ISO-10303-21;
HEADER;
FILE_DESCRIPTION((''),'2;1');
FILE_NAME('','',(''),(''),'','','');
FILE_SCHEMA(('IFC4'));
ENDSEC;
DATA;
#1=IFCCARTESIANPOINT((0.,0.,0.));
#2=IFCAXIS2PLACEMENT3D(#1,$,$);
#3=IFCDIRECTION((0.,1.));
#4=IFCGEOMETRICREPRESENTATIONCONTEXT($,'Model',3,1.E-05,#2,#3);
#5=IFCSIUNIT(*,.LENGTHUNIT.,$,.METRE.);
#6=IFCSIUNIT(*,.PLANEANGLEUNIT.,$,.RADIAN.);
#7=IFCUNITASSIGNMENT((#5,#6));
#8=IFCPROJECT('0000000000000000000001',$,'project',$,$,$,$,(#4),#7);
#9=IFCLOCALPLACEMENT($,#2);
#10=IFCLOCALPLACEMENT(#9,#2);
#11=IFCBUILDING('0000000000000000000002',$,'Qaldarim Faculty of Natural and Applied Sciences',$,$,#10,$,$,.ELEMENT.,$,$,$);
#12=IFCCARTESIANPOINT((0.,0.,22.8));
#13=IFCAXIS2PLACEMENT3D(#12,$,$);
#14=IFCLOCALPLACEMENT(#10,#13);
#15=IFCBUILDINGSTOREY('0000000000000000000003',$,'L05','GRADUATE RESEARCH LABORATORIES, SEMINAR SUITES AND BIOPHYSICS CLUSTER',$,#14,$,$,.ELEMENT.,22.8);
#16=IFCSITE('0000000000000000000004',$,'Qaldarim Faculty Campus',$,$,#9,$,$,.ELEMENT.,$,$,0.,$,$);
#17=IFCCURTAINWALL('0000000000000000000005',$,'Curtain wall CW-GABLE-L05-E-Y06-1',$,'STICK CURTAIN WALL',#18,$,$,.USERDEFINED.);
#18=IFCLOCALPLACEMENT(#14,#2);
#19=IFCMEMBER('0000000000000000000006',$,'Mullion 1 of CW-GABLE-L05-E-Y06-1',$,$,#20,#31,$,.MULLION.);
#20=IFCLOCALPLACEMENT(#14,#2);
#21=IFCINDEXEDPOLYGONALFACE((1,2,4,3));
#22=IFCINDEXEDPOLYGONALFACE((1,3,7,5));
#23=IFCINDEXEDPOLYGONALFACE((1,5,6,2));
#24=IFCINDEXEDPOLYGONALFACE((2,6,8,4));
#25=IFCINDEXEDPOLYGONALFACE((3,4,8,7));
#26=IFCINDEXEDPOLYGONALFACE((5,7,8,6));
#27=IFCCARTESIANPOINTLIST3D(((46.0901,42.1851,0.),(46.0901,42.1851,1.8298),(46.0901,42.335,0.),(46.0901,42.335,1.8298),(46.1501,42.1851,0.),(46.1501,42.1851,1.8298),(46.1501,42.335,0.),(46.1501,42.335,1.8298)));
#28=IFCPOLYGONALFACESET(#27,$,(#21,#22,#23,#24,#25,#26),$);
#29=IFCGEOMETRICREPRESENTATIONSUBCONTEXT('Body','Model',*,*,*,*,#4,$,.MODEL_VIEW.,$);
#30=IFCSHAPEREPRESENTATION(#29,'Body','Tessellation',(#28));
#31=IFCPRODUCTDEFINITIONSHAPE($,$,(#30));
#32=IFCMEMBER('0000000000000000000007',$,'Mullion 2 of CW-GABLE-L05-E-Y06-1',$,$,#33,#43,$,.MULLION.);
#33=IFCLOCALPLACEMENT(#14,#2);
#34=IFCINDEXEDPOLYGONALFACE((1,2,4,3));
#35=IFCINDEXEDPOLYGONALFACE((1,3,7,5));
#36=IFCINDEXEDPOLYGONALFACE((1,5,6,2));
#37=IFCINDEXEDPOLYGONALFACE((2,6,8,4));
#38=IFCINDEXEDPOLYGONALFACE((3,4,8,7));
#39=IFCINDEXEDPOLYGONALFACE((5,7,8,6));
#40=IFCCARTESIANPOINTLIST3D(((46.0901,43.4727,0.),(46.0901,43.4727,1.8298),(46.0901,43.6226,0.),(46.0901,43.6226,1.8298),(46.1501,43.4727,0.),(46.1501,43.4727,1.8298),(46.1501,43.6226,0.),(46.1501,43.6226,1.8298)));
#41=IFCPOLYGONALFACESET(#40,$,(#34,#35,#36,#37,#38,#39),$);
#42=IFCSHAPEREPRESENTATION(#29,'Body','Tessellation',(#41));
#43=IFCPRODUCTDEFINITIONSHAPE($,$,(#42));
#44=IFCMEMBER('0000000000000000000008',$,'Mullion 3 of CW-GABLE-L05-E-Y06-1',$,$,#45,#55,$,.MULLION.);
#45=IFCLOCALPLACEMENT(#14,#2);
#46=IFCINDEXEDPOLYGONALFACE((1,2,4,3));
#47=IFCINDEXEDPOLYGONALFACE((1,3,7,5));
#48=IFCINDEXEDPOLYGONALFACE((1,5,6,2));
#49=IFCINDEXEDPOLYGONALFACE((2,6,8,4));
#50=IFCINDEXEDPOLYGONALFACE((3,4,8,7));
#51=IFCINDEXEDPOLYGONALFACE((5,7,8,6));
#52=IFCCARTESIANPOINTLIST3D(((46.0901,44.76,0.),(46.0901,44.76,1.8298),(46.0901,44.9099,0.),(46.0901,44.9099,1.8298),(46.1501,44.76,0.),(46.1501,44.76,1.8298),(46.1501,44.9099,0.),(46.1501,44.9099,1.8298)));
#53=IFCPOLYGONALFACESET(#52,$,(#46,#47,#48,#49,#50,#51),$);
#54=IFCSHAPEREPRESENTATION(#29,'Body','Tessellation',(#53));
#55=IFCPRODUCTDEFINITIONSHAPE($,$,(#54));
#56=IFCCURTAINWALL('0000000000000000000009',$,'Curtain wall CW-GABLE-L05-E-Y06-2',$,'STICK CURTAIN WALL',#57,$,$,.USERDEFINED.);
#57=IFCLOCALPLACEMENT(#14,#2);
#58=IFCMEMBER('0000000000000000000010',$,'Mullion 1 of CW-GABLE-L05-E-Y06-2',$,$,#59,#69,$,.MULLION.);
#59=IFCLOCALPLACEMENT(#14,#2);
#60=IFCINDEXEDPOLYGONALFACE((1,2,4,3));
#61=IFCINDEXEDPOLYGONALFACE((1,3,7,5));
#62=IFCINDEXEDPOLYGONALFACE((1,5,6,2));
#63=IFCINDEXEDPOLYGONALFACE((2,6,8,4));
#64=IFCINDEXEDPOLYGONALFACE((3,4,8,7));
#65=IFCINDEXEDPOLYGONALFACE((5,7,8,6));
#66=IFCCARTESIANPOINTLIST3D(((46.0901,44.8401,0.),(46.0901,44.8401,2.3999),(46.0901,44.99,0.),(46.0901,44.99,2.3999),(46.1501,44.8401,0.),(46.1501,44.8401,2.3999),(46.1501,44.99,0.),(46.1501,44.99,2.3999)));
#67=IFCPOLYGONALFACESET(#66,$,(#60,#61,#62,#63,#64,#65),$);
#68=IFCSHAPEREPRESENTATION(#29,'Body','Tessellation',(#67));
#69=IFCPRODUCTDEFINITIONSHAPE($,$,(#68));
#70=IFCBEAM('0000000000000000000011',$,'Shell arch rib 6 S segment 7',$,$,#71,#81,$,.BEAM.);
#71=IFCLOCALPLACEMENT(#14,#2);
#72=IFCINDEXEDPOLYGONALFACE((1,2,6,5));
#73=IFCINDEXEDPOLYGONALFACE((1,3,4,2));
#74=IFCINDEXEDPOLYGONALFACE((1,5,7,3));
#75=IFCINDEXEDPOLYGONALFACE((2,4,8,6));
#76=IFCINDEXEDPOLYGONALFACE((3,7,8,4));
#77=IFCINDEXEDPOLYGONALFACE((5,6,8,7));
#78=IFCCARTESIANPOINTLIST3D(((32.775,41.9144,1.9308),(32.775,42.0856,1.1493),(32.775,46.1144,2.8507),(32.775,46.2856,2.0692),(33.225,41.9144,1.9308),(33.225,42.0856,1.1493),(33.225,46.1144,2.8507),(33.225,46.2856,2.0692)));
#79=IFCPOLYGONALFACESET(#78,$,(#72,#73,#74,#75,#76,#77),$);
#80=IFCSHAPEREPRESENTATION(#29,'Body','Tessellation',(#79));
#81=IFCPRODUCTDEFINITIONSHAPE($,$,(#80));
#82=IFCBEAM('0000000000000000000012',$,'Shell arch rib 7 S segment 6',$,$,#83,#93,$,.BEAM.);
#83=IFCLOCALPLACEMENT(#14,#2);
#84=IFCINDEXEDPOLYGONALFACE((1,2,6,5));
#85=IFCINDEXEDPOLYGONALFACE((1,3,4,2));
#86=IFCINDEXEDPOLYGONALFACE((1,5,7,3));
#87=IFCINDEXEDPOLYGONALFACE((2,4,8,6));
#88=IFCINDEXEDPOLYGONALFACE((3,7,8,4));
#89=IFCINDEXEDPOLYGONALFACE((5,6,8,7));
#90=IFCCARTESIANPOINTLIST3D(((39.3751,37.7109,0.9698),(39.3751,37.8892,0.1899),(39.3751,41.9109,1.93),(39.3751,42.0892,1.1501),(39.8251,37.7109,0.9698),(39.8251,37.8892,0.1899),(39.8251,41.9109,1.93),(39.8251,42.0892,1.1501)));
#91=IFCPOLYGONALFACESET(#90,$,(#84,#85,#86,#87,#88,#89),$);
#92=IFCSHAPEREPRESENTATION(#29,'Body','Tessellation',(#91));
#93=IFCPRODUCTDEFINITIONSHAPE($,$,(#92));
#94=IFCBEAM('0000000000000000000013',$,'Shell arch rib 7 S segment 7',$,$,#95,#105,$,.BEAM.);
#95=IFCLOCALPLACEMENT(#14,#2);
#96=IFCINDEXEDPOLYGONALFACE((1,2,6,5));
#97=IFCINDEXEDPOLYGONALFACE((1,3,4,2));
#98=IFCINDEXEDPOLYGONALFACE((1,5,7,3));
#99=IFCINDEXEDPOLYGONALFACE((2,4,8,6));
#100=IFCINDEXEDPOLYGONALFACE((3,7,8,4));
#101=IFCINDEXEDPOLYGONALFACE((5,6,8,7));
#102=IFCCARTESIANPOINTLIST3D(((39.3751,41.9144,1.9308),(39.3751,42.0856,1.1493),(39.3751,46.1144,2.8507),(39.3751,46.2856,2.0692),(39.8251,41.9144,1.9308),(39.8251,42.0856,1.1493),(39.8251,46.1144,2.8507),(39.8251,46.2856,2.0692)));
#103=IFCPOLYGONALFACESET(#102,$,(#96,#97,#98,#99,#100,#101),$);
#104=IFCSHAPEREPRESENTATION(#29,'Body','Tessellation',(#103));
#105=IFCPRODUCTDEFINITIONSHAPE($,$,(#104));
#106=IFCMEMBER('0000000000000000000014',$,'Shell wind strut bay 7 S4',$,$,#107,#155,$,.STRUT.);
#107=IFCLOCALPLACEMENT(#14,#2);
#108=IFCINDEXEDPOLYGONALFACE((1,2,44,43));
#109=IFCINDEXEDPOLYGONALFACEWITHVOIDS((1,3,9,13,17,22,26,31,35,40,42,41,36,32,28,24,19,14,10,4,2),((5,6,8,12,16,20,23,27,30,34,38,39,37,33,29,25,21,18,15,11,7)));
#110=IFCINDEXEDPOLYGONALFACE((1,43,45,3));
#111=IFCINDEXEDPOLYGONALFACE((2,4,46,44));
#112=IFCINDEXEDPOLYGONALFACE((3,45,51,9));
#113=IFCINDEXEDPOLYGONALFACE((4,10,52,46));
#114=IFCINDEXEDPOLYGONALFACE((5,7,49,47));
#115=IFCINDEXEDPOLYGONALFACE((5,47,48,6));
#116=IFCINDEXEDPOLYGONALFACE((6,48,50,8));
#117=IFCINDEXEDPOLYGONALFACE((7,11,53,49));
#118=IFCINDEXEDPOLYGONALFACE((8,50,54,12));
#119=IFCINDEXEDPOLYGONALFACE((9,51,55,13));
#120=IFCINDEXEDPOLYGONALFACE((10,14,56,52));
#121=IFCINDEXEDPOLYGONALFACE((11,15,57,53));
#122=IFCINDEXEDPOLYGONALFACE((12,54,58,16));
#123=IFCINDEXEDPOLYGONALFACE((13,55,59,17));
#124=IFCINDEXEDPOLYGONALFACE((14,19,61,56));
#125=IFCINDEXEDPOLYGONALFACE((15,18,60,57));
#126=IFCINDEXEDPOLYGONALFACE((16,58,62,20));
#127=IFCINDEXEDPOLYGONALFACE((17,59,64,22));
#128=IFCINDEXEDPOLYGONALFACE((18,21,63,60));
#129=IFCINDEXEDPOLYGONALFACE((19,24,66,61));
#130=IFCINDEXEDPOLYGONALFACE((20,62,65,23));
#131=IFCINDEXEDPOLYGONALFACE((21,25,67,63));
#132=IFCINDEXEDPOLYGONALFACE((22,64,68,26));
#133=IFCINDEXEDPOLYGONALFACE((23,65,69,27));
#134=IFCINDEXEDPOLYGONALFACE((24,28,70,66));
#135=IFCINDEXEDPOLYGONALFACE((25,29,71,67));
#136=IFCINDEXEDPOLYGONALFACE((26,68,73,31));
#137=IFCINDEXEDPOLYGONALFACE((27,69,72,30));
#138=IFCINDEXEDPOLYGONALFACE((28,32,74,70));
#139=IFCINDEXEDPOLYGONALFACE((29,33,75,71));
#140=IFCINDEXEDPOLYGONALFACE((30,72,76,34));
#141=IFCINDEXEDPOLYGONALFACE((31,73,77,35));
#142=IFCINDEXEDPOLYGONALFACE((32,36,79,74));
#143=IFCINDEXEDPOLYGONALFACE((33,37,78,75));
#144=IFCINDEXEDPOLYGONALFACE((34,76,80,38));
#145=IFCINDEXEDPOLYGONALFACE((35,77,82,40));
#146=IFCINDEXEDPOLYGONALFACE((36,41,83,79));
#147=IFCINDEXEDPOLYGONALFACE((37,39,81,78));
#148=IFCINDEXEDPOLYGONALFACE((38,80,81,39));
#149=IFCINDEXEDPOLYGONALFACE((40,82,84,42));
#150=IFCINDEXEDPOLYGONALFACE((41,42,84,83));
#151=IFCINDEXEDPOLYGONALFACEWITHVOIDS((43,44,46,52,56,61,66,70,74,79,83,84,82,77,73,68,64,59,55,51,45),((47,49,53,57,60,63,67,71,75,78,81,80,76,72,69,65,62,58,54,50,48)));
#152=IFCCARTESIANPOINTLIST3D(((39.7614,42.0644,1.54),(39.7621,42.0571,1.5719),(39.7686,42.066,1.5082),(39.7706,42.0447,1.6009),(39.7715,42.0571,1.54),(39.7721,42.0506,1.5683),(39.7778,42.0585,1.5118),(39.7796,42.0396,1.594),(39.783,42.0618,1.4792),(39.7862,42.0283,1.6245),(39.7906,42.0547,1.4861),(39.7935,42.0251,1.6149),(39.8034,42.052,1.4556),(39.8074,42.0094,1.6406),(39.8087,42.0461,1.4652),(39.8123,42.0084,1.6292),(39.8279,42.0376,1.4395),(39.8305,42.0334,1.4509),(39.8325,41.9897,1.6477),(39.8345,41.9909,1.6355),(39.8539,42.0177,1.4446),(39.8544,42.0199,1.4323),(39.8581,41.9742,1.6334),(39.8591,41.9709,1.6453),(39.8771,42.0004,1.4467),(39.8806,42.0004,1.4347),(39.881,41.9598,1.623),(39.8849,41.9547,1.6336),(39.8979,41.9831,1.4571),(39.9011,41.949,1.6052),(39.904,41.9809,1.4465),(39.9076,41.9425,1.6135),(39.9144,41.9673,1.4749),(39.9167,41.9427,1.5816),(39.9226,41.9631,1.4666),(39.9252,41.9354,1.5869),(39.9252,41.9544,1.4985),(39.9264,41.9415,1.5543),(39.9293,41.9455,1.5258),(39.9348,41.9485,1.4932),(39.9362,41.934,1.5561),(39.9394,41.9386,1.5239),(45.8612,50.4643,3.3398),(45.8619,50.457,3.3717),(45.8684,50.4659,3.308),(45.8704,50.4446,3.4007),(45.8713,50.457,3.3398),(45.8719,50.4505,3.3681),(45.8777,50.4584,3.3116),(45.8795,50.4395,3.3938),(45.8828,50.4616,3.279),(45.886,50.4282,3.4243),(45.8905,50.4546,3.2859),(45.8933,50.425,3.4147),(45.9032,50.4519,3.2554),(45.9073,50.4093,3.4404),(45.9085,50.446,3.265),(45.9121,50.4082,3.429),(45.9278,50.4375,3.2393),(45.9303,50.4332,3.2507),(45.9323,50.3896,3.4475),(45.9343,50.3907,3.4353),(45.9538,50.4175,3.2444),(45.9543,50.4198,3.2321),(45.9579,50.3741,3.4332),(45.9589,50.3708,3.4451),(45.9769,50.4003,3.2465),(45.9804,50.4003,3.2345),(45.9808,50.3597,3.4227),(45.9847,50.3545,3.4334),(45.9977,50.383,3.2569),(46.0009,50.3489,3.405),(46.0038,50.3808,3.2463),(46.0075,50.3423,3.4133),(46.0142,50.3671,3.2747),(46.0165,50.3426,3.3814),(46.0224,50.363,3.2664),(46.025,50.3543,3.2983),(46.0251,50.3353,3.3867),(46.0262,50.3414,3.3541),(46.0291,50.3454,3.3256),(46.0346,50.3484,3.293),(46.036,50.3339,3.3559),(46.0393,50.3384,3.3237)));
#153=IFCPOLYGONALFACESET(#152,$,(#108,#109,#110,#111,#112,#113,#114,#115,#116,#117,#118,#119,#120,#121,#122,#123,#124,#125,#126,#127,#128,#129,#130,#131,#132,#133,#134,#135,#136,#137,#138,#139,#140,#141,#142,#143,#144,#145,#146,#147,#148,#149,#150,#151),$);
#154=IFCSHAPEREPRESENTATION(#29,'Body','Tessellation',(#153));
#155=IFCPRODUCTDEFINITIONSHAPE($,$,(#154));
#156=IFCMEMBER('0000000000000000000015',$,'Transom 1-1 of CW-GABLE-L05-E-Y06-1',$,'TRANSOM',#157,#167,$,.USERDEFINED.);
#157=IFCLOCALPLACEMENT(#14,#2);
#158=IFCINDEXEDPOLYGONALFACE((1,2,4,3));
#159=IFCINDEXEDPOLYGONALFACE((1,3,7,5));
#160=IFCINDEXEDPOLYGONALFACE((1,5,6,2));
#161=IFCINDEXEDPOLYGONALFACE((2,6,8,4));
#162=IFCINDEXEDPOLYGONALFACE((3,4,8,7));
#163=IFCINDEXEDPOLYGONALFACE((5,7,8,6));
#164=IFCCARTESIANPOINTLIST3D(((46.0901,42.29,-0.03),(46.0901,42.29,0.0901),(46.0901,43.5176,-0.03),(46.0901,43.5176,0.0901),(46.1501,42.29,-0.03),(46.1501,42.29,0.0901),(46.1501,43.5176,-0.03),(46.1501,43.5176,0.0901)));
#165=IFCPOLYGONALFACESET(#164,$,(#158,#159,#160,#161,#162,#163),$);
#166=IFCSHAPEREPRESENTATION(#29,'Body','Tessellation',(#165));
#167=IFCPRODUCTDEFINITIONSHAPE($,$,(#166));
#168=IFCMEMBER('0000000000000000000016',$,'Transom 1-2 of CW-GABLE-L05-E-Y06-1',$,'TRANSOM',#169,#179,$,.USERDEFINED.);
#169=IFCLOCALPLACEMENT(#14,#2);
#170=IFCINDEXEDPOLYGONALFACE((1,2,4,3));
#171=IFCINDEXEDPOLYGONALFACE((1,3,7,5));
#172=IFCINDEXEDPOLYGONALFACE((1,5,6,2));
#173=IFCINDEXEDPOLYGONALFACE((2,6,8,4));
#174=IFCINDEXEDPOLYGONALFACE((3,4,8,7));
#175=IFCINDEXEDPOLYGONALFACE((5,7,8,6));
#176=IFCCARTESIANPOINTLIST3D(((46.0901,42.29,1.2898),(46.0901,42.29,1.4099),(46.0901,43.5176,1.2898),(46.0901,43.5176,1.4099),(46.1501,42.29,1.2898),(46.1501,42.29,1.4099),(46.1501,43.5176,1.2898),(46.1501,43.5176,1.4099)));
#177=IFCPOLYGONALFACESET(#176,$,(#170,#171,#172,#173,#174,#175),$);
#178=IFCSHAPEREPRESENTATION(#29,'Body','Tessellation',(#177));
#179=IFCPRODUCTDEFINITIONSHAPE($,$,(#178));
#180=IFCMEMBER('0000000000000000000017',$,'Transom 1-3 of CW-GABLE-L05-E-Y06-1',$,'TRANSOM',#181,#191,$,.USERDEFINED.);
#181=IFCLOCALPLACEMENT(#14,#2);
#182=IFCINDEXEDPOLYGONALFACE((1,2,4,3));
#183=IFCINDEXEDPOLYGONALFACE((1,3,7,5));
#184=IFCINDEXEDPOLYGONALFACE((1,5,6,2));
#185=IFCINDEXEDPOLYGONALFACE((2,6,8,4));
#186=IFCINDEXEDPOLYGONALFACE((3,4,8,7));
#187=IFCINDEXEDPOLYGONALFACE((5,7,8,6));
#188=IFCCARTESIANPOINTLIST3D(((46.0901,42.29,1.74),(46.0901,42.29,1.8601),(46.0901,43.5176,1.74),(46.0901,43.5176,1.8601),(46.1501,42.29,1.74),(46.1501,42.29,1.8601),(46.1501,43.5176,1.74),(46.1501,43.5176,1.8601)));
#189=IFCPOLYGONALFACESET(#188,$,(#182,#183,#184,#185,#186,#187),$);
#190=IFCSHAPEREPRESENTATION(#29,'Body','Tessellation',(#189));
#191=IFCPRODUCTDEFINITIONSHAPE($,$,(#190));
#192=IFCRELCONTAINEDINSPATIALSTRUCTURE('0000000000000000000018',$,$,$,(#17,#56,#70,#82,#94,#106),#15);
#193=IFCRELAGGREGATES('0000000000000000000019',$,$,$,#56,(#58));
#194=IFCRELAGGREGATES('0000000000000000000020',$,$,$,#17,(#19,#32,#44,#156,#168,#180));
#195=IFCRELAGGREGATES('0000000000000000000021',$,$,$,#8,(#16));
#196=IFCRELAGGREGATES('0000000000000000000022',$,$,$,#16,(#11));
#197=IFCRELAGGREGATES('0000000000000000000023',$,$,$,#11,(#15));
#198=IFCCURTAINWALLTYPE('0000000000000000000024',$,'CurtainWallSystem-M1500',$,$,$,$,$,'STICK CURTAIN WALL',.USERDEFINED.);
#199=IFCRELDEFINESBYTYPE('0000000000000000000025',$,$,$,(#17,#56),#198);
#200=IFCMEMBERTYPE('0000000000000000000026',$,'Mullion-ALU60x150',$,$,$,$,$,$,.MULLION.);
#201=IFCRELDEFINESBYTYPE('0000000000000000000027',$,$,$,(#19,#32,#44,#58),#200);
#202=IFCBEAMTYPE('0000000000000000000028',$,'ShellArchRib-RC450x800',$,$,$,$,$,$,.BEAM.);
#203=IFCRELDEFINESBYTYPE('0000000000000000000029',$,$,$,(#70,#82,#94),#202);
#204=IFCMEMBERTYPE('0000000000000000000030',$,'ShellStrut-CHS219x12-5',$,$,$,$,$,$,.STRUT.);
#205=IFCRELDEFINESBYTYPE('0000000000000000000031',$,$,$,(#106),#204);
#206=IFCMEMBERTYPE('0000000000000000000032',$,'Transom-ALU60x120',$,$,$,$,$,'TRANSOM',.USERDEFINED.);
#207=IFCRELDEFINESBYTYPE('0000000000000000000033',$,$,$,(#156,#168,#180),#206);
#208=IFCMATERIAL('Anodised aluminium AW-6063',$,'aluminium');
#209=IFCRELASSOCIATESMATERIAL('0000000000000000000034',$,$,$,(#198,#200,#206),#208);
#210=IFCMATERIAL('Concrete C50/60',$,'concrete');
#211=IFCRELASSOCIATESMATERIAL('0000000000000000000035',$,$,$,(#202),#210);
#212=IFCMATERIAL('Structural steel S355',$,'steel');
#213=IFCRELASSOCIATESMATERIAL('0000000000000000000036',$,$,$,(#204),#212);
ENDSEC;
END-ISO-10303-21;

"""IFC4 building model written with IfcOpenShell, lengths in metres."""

from ifc_helpers import new_model, si_unit, direction, frame, origin, origin_2d, place, context, subcontext, project, spatial, rectangle, hollow_circle, extrude, material, material_profile, profile_set, type_object, element, aggregate, save


model = new_model("IFC4")

# Units and contexts
model_context = context("Model", 3, precision=1e-05, world=origin(), true_north=direction((0.0, 1.0)))
body_context = subcontext(model_context, "Body", "Model", "MODEL_VIEW")
ifc_project = project(units=[si_unit("LENGTHUNIT", "METRE"), si_unit("PLANEANGLEUNIT", "RADIAN")], contexts=[model_context])

# Site, building, storey
site_placement = place(None, origin())
site = spatial("IfcSite", under=ifc_project, at=site_placement, Name="Qaldarim Faculty Campus", CompositionType="ELEMENT", RefElevation=0.0)
building_placement = place(site_placement, origin())
building = spatial("IfcBuilding", under=site, at=building_placement, Name="Qaldarim Faculty of Natural and Applied Sciences", CompositionType="ELEMENT")
storey_placement = place(building_placement, frame((0.0, 0.0, 22.8)))
storey = spatial("IfcBuildingStorey", under=building, at=storey_placement, Name="L05", Description="GRADUATE RESEARCH LABORATORIES, SEMINAR SUITES AND BIOPHYSICS CLUSTER", CompositionType="ELEMENT", Elevation=22.8)

# Curtain wall, members
ifc_material_1 = material(Name="Anodised aluminium AW-6063", Category="aluminium")
curtain_wall_type = type_object("IfcCurtainWallType", Name="CurtainWallSystem-M1500", ElementType="STICK CURTAIN WALL", PredefinedType="USERDEFINED", material=ifc_material_1)
curtain_wall_1_placement = place(storey_placement, origin())
curtain_wall_1 = element("IfcCurtainWall", 1, at=curtain_wall_1_placement, inside=storey, type_object=curtain_wall_type, Name="Curtain wall CW-GABLE-L05-E-Y06-1", ObjectType="STICK CURTAIN WALL", PredefinedType="USERDEFINED")
ifc_material_profile_1 = material_profile(ifc_material_1, rectangle(XDim=0.0601, YDim=0.1499, at=origin_2d()), Name="ALU-M60x150")
ifc_profile_set_1 = profile_set([ifc_material_profile_1], Name="Anodised aluminium AW-6063")
member_type_1 = type_object("IfcMemberType", Name="Mullion-ALU60x150", PredefinedType="MULLION", material=ifc_profile_set_1)
member_1_placement = place(storey_placement, frame((46.1201, 42.26, 0.0), z_axis=(0.0, 0.0, 1.0), x_axis=(-1.0, 0.0, 0.0)))
member_1 = element("IfcMember", 2, at=member_1_placement, type_object=member_type_1, Name="Mullion 1 of CW-GABLE-L05-E-Y06-1", PredefinedType="MULLION", context=body_context, shape_type="SweptSolid", body=[
    extrude(rectangle(XDim=0.0601, YDim=0.1499, at=origin_2d()), origin(), (0.0, 0.0, 1.0), 1.8298),
])
member_2_placement = place(storey_placement, frame((46.1201, 43.5476, 0.0), z_axis=(0.0, 0.0, 1.0), x_axis=(-1.0, 0.0, 0.0)))
member_2 = element("IfcMember", 3, at=member_2_placement, type_object=member_type_1, Name="Mullion 2 of CW-GABLE-L05-E-Y06-1", PredefinedType="MULLION", context=body_context, shape_type="SweptSolid", body=[
    extrude(rectangle(XDim=0.0601, YDim=0.1499, at=origin_2d()), origin(), (0.0, 0.0, 1.0), 1.8298),
])
member_3_placement = place(storey_placement, frame((46.1201, 44.835, 0.0), z_axis=(0.0, 0.0, 1.0), x_axis=(-1.0, 0.0, 0.0)))
member_3 = element("IfcMember", 4, at=member_3_placement, type_object=member_type_1, Name="Mullion 3 of CW-GABLE-L05-E-Y06-1", PredefinedType="MULLION", context=body_context, shape_type="SweptSolid", body=[
    extrude(rectangle(XDim=0.0601, YDim=0.1499, at=origin_2d()), origin(), (0.0, 0.0, 1.0), 1.8298),
])

# Curtain wall, member
curtain_wall_2_placement = place(storey_placement, origin())
curtain_wall_2 = element("IfcCurtainWall", 5, at=curtain_wall_2_placement, inside=storey, type_object=curtain_wall_type, Name="Curtain wall CW-GABLE-L05-E-Y06-2", ObjectType="STICK CURTAIN WALL", PredefinedType="USERDEFINED")
member_4_placement = place(storey_placement, frame((46.1201, 44.915, 0.0), z_axis=(0.0, 0.0, 1.0), x_axis=(-1.0, 0.0, 0.0)))
member_4 = element("IfcMember", 6, at=member_4_placement, type_object=member_type_1, Name="Mullion 1 of CW-GABLE-L05-E-Y06-2", PredefinedType="MULLION", context=body_context, shape_type="SweptSolid", body=[
    extrude(rectangle(XDim=0.0601, YDim=0.1499, at=origin_2d()), origin(), (0.0, 0.0, 1.0), 2.3999),
])
aggregate(curtain_wall_2, [member_4])

# Beams
ifc_material_2 = material(Name="Concrete C50/60", Category="concrete")
ifc_material_profile_2 = material_profile(ifc_material_2, rectangle(XDim=0.45, YDim=0.8, at=origin_2d()), Name="RC-RIB450x800")
ifc_profile_set_2 = profile_set([ifc_material_profile_2], Name="Concrete C50/60")
beam_type = type_object("IfcBeamType", Name="ShellArchRib-RC450x800", PredefinedType="BEAM", material=ifc_profile_set_2)
beam_1_placement = place(storey_placement, frame((33.0, 42.0, 1.54), z_axis=(0.0, 0.976843, 0.213959), x_axis=(-1.0, 0.0, 0.0)))
element("IfcBeam", 7, at=beam_1_placement, inside=storey, type_object=beam_type, Name="Shell arch rib 6 S segment 7", PredefinedType="BEAM", context=body_context, shape_type="SweptSolid", body=[
    extrude(rectangle(XDim=0.45, YDim=0.8, at=origin_2d()), origin(), (0.0, 0.0, 1.0), 4.2996),
])
beam_2_placement = place(storey_placement, frame((39.6001, 37.8, 0.5798), z_axis=(0.0, 0.974848, 0.222873), x_axis=(-1.0, 0.0, 0.0)))
element("IfcBeam", 8, at=beam_2_placement, inside=storey, type_object=beam_type, Name="Shell arch rib 7 S segment 6", PredefinedType="BEAM", context=body_context, shape_type="SweptSolid", body=[
    extrude(rectangle(XDim=0.45, YDim=0.8, at=origin_2d()), origin(), (0.0, 0.0, 1.0), 4.3083),
])
beam_3_placement = place(storey_placement, frame((39.6001, 42.0, 1.54), z_axis=(0.0, 0.976843, 0.213959), x_axis=(-1.0, 0.0, 0.0)))
element("IfcBeam", 9, at=beam_3_placement, inside=storey, type_object=beam_type, Name="Shell arch rib 7 S segment 7", PredefinedType="BEAM", context=body_context, shape_type="SweptSolid", body=[
    extrude(rectangle(XDim=0.45, YDim=0.8, at=origin_2d()), origin(), (0.0, 0.0, 1.0), 4.2996),
])

# Members
ifc_material_3 = material(Name="Structural steel S355", Category="steel")
ifc_material_profile_3 = material_profile(ifc_material_3, hollow_circle(Radius=0.1096, WallThickness=0.0125, at=origin_2d()), Name="CHS 219.1x12.5")
ifc_profile_set_3 = profile_set([ifc_material_profile_3], Name="Structural steel S355")
member_type_2 = type_object("IfcMemberType", Name="ShellStrut-CHS219x12-5", PredefinedType="STRUT", material=ifc_profile_set_3)
member_5_placement = place(storey_placement, frame((39.8501, 42.0, 1.54), z_axis=(0.578957, 0.797262, 0.170825), x_axis=(-0.809156, 0.587594, 0.0)))
element("IfcMember", 10, at=member_5_placement, inside=storey, type_object=member_type_2, Name="Shell wind strut bay 7 S4", PredefinedType="STRUT", context=body_context, shape_type="SweptSolid", body=[
    extrude(hollow_circle(Radius=0.1096, WallThickness=0.0125, at=origin_2d()), origin(), (0.0, 0.0, 1.0), 10.5359),
])
ifc_material_profile_4 = material_profile(ifc_material_1, rectangle(XDim=0.0601, YDim=0.1201, at=origin_2d()), Name="ALU-T60x120")
ifc_profile_set_4 = profile_set([ifc_material_profile_4], Name="Anodised aluminium AW-6063")
member_type_3 = type_object("IfcMemberType", Name="Transom-ALU60x120", ElementType="TRANSOM", PredefinedType="USERDEFINED", material=ifc_profile_set_4)
member_6_placement = place(storey_placement, frame((46.1201, 42.29, 0.03), z_axis=(0.0, 1.0, 0.0), x_axis=(-1.0, 0.0, 0.0)))
member_6 = element("IfcMember", 11, at=member_6_placement, type_object=member_type_3, Name="Transom 1-1 of CW-GABLE-L05-E-Y06-1", ObjectType="TRANSOM", PredefinedType="USERDEFINED", context=body_context, shape_type="SweptSolid", body=[
    extrude(rectangle(XDim=0.0601, YDim=0.1201, at=origin_2d()), origin(), (0.0, 0.0, 1.0), 1.2275),
])
member_7_placement = place(storey_placement, frame((46.1201, 42.29, 1.3499), z_axis=(0.0, 1.0, 0.0), x_axis=(-1.0, 0.0, 0.0)))
member_7 = element("IfcMember", 12, at=member_7_placement, type_object=member_type_3, Name="Transom 1-2 of CW-GABLE-L05-E-Y06-1", ObjectType="TRANSOM", PredefinedType="USERDEFINED", context=body_context, shape_type="SweptSolid", body=[
    extrude(rectangle(XDim=0.0601, YDim=0.1201, at=origin_2d()), origin(), (0.0, 0.0, 1.0), 1.2275),
])
member_8_placement = place(storey_placement, frame((46.1201, 42.29, 1.8), z_axis=(0.0, 1.0, 0.0), x_axis=(-1.0, 0.0, 0.0)))
member_8 = element("IfcMember", 13, at=member_8_placement, type_object=member_type_3, Name="Transom 1-3 of CW-GABLE-L05-E-Y06-1", ObjectType="TRANSOM", PredefinedType="USERDEFINED", context=body_context, shape_type="SweptSolid", body=[
    extrude(rectangle(XDim=0.0601, YDim=0.1201, at=origin_2d()), origin(), (0.0, 0.0, 1.0), 1.2275),
])

aggregate(curtain_wall_1, [member_1, member_2, member_3, member_6, member_7, member_8])

save(model, "model.ifc")
